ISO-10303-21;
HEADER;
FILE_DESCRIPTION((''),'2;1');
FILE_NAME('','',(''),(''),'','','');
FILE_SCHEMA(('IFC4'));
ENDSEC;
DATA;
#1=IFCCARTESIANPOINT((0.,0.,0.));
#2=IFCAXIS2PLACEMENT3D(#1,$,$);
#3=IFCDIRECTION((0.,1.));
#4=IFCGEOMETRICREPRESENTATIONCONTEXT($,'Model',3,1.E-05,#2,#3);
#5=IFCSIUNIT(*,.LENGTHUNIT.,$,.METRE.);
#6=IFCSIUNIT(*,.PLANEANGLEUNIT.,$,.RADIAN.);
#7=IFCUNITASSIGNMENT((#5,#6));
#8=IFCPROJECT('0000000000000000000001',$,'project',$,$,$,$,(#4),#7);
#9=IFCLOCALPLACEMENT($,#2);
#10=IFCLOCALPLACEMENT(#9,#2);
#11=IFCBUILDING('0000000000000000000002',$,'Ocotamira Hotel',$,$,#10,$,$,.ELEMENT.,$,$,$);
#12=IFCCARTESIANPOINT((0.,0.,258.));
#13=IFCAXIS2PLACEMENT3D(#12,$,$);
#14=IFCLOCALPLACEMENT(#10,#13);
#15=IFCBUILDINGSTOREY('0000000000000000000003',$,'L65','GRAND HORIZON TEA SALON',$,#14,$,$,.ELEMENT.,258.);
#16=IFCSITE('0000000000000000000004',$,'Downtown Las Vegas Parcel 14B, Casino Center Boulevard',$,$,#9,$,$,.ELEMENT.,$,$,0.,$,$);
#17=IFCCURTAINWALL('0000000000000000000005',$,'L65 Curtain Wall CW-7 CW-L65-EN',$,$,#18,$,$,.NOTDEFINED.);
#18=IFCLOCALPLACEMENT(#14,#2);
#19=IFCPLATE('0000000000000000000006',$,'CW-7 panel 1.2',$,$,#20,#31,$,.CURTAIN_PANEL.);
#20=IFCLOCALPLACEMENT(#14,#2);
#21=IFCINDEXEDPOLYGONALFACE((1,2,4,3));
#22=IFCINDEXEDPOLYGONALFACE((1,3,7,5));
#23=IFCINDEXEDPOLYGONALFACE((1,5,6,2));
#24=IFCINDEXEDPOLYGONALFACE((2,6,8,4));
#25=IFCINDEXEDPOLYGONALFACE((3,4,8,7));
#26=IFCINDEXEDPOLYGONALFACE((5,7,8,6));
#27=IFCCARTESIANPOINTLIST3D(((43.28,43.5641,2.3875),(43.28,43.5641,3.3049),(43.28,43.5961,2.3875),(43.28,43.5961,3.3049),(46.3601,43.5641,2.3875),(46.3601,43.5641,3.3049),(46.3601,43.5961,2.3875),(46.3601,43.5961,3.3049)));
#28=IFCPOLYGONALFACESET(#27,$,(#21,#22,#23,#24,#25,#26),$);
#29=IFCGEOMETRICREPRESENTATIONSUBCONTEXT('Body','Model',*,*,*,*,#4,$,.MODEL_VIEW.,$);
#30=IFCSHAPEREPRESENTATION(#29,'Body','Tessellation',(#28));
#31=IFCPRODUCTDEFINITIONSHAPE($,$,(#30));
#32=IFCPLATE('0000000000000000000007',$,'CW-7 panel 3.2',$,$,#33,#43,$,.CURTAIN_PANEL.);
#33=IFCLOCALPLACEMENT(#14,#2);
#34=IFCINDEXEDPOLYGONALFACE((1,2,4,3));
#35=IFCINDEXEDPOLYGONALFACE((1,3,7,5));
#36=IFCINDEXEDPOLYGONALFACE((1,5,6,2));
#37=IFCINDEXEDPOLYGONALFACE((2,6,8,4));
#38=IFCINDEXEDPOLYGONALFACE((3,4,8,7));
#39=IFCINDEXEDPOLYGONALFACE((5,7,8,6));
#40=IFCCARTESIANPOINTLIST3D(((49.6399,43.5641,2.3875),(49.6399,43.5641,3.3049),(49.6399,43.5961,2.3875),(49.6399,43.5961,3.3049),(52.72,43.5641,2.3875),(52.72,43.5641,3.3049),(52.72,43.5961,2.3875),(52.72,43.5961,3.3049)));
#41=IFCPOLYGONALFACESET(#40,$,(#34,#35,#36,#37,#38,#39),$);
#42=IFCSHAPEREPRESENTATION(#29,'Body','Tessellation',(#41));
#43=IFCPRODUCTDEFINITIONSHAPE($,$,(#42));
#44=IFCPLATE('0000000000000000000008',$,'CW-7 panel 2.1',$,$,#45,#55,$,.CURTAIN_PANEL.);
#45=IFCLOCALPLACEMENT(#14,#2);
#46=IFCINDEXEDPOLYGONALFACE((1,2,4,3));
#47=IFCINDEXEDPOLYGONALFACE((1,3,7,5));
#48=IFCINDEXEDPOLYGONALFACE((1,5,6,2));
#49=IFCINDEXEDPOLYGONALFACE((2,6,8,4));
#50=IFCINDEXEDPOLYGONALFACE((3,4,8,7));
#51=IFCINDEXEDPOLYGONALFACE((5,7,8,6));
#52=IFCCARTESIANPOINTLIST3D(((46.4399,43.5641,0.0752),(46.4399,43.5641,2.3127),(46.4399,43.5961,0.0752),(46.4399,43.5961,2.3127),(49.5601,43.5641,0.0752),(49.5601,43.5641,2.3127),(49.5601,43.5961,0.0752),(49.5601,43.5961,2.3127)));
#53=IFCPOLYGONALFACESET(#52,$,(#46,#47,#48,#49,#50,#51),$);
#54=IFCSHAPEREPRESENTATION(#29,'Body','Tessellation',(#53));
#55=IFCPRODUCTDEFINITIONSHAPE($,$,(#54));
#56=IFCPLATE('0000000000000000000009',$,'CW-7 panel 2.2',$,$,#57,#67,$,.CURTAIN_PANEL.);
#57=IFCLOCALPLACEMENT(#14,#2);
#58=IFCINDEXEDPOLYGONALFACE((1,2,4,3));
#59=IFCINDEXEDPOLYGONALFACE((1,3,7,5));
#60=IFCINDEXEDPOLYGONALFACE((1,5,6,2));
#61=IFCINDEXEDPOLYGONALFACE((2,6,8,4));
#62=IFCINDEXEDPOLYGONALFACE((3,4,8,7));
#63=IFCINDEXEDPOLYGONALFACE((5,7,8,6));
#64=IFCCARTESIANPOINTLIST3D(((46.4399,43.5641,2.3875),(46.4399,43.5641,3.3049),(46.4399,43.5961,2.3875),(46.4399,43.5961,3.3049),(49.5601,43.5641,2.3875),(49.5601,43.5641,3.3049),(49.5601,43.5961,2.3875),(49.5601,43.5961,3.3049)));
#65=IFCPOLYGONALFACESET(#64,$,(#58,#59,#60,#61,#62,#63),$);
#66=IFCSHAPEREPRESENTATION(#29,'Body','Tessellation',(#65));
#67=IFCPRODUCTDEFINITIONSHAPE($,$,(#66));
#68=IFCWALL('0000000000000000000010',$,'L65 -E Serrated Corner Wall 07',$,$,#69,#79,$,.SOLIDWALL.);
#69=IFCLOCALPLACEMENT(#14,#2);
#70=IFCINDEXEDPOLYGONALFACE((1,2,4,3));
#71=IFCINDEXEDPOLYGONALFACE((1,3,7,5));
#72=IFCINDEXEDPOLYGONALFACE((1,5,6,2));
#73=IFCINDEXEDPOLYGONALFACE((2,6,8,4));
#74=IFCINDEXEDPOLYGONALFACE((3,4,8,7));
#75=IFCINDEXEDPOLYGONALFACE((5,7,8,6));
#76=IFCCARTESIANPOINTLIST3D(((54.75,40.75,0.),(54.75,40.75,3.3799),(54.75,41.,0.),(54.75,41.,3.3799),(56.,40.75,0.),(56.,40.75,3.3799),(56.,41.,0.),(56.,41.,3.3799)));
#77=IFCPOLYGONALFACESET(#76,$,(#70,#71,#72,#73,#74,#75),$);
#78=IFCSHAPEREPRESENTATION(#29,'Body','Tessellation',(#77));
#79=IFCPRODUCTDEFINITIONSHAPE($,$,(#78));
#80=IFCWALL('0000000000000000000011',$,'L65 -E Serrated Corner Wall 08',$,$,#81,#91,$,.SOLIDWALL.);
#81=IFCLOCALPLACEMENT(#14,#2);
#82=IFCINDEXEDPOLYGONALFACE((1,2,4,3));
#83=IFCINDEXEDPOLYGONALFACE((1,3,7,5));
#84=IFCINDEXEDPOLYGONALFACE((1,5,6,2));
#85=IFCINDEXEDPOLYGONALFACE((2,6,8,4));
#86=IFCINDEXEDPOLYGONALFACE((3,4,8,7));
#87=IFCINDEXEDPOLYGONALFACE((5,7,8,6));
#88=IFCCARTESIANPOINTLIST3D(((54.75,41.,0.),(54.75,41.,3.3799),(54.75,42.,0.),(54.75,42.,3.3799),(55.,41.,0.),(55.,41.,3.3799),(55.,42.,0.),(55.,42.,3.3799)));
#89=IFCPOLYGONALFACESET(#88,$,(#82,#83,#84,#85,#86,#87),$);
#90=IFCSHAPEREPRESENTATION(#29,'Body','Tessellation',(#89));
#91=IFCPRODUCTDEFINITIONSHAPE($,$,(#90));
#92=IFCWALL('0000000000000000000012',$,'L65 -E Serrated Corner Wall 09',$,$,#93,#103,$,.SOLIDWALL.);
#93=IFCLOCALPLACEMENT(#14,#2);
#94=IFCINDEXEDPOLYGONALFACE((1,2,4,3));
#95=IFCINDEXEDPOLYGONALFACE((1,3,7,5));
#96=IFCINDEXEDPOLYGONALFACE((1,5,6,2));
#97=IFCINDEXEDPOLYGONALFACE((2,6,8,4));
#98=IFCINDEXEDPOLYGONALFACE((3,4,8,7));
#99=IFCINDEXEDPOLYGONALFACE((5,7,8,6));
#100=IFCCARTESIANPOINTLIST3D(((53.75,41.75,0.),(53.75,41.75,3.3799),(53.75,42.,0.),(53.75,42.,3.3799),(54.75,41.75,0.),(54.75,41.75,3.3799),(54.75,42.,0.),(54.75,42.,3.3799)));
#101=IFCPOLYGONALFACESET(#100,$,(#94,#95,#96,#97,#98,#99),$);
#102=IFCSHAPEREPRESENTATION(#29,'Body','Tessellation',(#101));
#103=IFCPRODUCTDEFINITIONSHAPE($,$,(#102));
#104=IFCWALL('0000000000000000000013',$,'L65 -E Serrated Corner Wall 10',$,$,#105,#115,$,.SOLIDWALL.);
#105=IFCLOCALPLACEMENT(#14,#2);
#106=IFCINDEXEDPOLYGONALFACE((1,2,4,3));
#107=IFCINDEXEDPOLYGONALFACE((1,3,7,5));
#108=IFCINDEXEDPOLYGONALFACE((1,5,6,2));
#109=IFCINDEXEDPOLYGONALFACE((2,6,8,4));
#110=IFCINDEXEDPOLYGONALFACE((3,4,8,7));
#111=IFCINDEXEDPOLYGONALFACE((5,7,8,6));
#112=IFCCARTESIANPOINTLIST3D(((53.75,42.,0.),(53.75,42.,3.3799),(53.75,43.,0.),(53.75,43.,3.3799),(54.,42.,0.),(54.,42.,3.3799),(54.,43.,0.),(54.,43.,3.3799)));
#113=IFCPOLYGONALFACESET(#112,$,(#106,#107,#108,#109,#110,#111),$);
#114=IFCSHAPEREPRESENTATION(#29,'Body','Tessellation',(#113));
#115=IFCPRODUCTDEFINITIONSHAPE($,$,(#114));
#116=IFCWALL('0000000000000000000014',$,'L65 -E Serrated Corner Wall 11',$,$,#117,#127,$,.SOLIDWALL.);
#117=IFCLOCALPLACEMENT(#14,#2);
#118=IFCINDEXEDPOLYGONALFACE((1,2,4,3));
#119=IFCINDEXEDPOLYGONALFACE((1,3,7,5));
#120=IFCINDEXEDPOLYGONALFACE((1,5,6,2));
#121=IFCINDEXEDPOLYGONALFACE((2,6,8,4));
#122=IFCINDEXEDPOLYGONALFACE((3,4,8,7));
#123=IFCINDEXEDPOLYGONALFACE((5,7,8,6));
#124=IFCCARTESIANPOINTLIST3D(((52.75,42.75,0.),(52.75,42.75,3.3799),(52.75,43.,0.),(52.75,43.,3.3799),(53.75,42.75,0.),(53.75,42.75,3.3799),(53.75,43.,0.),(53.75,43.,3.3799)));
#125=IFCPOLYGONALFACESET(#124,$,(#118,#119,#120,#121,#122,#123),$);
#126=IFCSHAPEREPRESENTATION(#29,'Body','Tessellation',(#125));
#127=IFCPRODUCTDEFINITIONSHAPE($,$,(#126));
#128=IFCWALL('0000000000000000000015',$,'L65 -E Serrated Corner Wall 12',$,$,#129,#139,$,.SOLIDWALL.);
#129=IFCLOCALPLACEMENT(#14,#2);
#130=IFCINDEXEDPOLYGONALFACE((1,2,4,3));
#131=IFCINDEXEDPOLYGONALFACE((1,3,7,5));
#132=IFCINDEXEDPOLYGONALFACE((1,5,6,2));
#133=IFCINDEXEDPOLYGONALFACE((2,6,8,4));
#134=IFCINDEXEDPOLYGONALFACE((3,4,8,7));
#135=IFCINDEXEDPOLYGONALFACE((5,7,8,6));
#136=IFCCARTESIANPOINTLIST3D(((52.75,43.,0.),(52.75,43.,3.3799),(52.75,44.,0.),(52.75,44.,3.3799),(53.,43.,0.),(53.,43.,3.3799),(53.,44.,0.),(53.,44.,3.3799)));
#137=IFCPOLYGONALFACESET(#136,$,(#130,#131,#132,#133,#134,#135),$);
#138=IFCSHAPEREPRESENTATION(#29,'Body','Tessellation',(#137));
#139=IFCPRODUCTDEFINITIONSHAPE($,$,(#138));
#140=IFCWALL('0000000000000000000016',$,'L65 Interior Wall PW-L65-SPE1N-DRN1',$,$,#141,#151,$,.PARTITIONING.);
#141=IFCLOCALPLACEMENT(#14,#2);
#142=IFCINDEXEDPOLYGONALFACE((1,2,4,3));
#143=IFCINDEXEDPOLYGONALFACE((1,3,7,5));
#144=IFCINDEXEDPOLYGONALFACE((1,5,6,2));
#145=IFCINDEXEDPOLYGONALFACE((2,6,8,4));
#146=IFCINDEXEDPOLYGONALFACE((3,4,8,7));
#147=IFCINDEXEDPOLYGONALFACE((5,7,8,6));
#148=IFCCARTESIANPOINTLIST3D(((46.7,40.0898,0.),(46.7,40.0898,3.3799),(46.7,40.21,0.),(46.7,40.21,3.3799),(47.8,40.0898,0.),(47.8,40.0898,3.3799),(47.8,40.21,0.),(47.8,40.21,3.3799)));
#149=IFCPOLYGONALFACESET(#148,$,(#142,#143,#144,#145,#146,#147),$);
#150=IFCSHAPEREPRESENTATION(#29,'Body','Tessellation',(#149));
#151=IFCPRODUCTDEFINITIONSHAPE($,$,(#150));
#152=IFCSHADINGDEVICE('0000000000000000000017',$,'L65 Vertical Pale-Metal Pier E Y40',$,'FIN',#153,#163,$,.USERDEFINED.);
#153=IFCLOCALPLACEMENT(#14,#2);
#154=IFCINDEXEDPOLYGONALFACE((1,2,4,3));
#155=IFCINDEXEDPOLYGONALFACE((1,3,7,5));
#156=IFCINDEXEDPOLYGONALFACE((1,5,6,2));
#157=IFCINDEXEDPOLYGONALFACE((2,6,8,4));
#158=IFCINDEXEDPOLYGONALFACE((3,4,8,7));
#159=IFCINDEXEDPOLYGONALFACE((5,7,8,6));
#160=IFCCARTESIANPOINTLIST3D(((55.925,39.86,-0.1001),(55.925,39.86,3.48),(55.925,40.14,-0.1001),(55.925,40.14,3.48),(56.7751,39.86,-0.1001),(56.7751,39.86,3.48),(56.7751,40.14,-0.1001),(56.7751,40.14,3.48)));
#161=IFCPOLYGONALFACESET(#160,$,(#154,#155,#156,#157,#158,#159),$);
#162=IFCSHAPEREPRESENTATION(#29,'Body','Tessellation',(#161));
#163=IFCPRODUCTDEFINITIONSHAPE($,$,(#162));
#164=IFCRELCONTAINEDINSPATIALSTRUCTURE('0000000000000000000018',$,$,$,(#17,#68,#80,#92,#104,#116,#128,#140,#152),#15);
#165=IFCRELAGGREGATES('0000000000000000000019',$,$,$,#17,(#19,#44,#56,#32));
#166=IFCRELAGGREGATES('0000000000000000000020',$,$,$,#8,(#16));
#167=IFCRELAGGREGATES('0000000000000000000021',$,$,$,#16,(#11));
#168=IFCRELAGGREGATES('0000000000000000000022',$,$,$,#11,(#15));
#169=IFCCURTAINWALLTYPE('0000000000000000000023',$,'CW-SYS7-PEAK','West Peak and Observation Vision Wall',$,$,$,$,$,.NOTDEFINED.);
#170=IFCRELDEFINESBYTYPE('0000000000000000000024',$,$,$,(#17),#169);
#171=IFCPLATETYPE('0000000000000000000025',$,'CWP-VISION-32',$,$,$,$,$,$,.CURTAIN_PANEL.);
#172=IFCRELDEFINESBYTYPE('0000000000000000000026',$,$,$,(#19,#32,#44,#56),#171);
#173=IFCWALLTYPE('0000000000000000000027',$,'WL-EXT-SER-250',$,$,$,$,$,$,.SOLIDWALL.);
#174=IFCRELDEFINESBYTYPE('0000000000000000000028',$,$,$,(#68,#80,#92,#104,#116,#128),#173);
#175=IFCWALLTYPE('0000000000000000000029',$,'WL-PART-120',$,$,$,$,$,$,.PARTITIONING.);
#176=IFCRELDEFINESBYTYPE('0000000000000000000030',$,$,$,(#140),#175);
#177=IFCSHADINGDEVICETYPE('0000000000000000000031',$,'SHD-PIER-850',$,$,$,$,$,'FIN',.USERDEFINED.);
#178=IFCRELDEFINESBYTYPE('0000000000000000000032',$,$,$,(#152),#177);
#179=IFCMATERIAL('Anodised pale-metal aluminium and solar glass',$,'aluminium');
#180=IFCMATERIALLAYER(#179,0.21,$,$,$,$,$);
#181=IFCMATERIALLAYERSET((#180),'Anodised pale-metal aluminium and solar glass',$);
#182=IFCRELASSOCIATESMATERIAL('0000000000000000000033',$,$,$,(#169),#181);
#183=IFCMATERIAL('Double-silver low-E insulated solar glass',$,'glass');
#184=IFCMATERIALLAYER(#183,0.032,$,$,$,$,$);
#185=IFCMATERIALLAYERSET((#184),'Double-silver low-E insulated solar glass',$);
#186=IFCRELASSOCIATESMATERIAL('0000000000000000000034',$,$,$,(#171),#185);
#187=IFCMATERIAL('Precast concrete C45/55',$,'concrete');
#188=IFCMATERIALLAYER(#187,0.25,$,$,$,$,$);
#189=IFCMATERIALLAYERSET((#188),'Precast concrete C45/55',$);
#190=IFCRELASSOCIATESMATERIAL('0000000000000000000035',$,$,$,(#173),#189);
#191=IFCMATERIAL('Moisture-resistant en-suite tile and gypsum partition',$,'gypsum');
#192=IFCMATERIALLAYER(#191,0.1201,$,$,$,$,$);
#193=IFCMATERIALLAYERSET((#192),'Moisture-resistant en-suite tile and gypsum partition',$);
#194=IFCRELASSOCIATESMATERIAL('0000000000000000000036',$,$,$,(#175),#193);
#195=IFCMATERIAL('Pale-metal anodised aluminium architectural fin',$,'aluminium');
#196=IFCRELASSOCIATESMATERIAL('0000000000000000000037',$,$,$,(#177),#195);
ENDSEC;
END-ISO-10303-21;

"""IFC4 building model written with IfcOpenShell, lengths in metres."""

from ifc_helpers import new_model, si_unit, direction, frame, frame_2d, origin, origin_2d, place, context, subcontext, project, spatial, rectangle, extrude, source, transform, mapped, material, layer, layer_set, type_object, element, aggregate, save


model = new_model("IFC4")

# Units and contexts
model_context = context("Model", 3, precision=1e-05, world=origin(), true_north=direction((0.0, 1.0)))
body_context = subcontext(model_context, "Body", "Model", "MODEL_VIEW")
ifc_project = project(units=[si_unit("LENGTHUNIT", "METRE"), si_unit("PLANEANGLEUNIT", "RADIAN")], contexts=[model_context])

# Site, building, storey
site_placement = place(None, origin())
site = spatial("IfcSite", under=ifc_project, at=site_placement, Name="Downtown Las Vegas Parcel 14B, Casino Center Boulevard", CompositionType="ELEMENT", RefElevation=0.0)
building_placement = place(site_placement, origin())
building = spatial("IfcBuilding", under=site, at=building_placement, Name="Ocotamira Hotel", CompositionType="ELEMENT")
storey_placement = place(building_placement, frame((0.0, 0.0, 258.0)))
storey = spatial("IfcBuildingStorey", under=building, at=storey_placement, Name="L65", Description="GRAND HORIZON TEA SALON", CompositionType="ELEMENT", Elevation=258.0)

# Curtain wall
ifc_material_1 = material(Name="Anodised pale-metal aluminium and solar glass", Category="aluminium")
ifc_layer_1 = layer(ifc_material_1, 0.21)
ifc_layer_set_1 = layer_set([ifc_layer_1], Name="Anodised pale-metal aluminium and solar glass")
curtain_wall_type = type_object("IfcCurtainWallType", Name="CW-SYS7-PEAK", Description="West Peak and Observation Vision Wall", PredefinedType="NOTDEFINED", material=ifc_layer_set_1)
curtain_wall_1_placement = place(storey_placement, origin())
curtain_wall_1 = element("IfcCurtainWall", 1, at=curtain_wall_1_placement, inside=storey, type_object=curtain_wall_type, Name="L65 Curtain Wall CW-7 CW-L65-EN", PredefinedType="NOTDEFINED")

# Plates
ifc_material_2 = material(Name="Double-silver low-E insulated solar glass", Category="glass")
ifc_layer_2 = layer(ifc_material_2, 0.032)
ifc_layer_set_2 = layer_set([ifc_layer_2], Name="Double-silver low-E insulated solar glass")
plate_type = type_object("IfcPlateType", Name="CWP-VISION-32", PredefinedType="CURTAIN_PANEL", material=ifc_layer_set_2)
shared_shape_1 = source(origin(), body_context, "Body", "SweptSolid", [
    extrude(rectangle(XDim=3.0801, YDim=0.032, at=origin_2d()), origin(), (0.0, 0.0, 1.0), 0.9175),
])
plate_1_placement = place(storey_placement, frame((44.8201, 43.5801, 2.3875), z_axis=(0.0, 0.0, 1.0), x_axis=(1.0, 0.0, 0.0)))
plate_1 = element("IfcPlate", 2, at=plate_1_placement, type_object=plate_type, Name="CW-7 panel 1.2", PredefinedType="CURTAIN_PANEL", context=body_context, shape_type="MappedRepresentation", body=[
    mapped(shared_shape_1, transform((0.0, 0.0, 0.0), scale=1.0)),
])
plate_2_placement = place(storey_placement, frame((51.1799, 43.5801, 2.3875), z_axis=(0.0, 0.0, 1.0), x_axis=(1.0, 0.0, 0.0)))
plate_2 = element("IfcPlate", 3, at=plate_2_placement, type_object=plate_type, Name="CW-7 panel 3.2", PredefinedType="CURTAIN_PANEL", context=body_context, shape_type="MappedRepresentation", body=[
    mapped(shared_shape_1, transform((0.0, 0.0, 0.0), scale=1.0)),
])
shared_shape_2 = source(origin(), body_context, "Body", "SweptSolid", [
    extrude(rectangle(XDim=3.1201, YDim=0.032, at=origin_2d()), origin(), (0.0, 0.0, 1.0), 2.2375),
])
plate_3_placement = place(storey_placement, frame((48.0, 43.5801, 0.0752), z_axis=(0.0, 0.0, 1.0), x_axis=(1.0, 0.0, 0.0)))
plate_3 = element("IfcPlate", 4, at=plate_3_placement, type_object=plate_type, Name="CW-7 panel 2.1", PredefinedType="CURTAIN_PANEL", context=body_context, shape_type="MappedRepresentation", body=[
    mapped(shared_shape_2, transform((0.0, 0.0, 0.0), scale=1.0)),
])
shared_shape_3 = source(origin(), body_context, "Body", "SweptSolid", [
    extrude(rectangle(XDim=3.1201, YDim=0.032, at=origin_2d()), origin(), (0.0, 0.0, 1.0), 0.9175),
])
plate_4_placement = place(storey_placement, frame((48.0, 43.5801, 2.3875), z_axis=(0.0, 0.0, 1.0), x_axis=(1.0, 0.0, 0.0)))
plate_4 = element("IfcPlate", 5, at=plate_4_placement, type_object=plate_type, Name="CW-7 panel 2.2", PredefinedType="CURTAIN_PANEL", context=body_context, shape_type="MappedRepresentation", body=[
    mapped(shared_shape_3, transform((0.0, 0.0, 0.0), scale=1.0)),
])
aggregate(curtain_wall_1, [plate_1, plate_3, plate_4, plate_2])

# Walls
ifc_material_3 = material(Name="Precast concrete C45/55", Category="concrete")
ifc_layer_3 = layer(ifc_material_3, 0.25)
ifc_layer_set_3 = layer_set([ifc_layer_3], Name="Precast concrete C45/55")
wall_type_1 = type_object("IfcWallType", Name="WL-EXT-SER-250", PredefinedType="SOLIDWALL", material=ifc_layer_set_3)
wall_1_placement = place(storey_placement, frame((56.0, 40.875, 0.0), z_axis=(0.0, 0.0, 1.0), x_axis=(-1.0, 0.0, 0.0)))
element("IfcWall", 6, at=wall_1_placement, inside=storey, type_object=wall_type_1, Name="L65 -E Serrated Corner Wall 07", PredefinedType="SOLIDWALL", context=body_context, shape_type="SweptSolid", body=[
    extrude(rectangle(XDim=1.25, YDim=0.25, at=frame_2d((0.625, 0.0))), origin(), (0.0, 0.0, 1.0), 3.3799),
])
for number, where, z_axis, x_axis, name in (
    (7, (54.875, 41.0, 0.0), (0.0, 0.0, 1.0), (0.0, 1.0, 0.0), "L65 -E Serrated Corner Wall 08"),
    (8, (54.75, 41.875, 0.0), (0.0, 0.0, 1.0), (-1.0, 0.0, 0.0), "L65 -E Serrated Corner Wall 09"),
    (9, (53.875, 42.0, 0.0), (0.0, 0.0, 1.0), (0.0, 1.0, 0.0), "L65 -E Serrated Corner Wall 10"),
    (10, (53.75, 42.875, 0.0), (0.0, 0.0, 1.0), (-1.0, 0.0, 0.0), "L65 -E Serrated Corner Wall 11"),
    (11, (52.875, 43.0, 0.0), (0.0, 0.0, 1.0), (0.0, 1.0, 0.0), "L65 -E Serrated Corner Wall 12"),
):
    element("IfcWall", number, at=place(storey_placement, frame(where, z_axis=z_axis, x_axis=x_axis)), inside=storey, type_object=wall_type_1, Name=name, PredefinedType="SOLIDWALL", context=body_context, shape_type="SweptSolid", body=[
        extrude(rectangle(XDim=1.0, YDim=0.25, at=frame_2d((0.5, 0.0))), origin(), (0.0, 0.0, 1.0), 3.3799),
    ])

# Wall
ifc_material_4 = material(Name="Moisture-resistant en-suite tile and gypsum partition", Category="gypsum")
ifc_layer_4 = layer(ifc_material_4, 0.1201)
ifc_layer_set_4 = layer_set([ifc_layer_4], Name="Moisture-resistant en-suite tile and gypsum partition")
wall_type_2 = type_object("IfcWallType", Name="WL-PART-120", PredefinedType="PARTITIONING", material=ifc_layer_set_4)
wall_2_placement = place(storey_placement, frame((46.7, 40.1499, 0.0), z_axis=(0.0, 0.0, 1.0), x_axis=(1.0, 0.0, 0.0)))
element("IfcWall", 12, at=wall_2_placement, inside=storey, type_object=wall_type_2, Name="L65 Interior Wall PW-L65-SPE1N-DRN1", PredefinedType="PARTITIONING", context=body_context, shape_type="SweptSolid", body=[
    extrude(rectangle(XDim=1.1001, YDim=0.1201, at=frame_2d((0.55, 0.0))), origin(), (0.0, 0.0, 1.0), 3.3799),
])

# Shading device
ifc_material_5 = material(Name="Pale-metal anodised aluminium architectural fin", Category="aluminium")
shading_device_type = type_object("IfcShadingDeviceType", Name="SHD-PIER-850", ElementType="FIN", PredefinedType="USERDEFINED", material=ifc_material_5)
shared_shape_4 = source(origin(), body_context, "Body", "SweptSolid", [
    extrude(rectangle(XDim=0.8501, YDim=0.28, at=origin_2d()), origin(), (0.0, 0.0, 1.0), 3.5801),
])
shading_device_placement = place(storey_placement, frame((56.3501, 40.0, -0.1001), z_axis=(0.0, 0.0, 1.0), x_axis=(1.0, 0.0, 0.0)))
element("IfcShadingDevice", 13, at=shading_device_placement, inside=storey, type_object=shading_device_type, Name="L65 Vertical Pale-Metal Pier E Y40", ObjectType="FIN", PredefinedType="USERDEFINED", context=body_context, shape_type="MappedRepresentation", body=[
    mapped(shared_shape_4, transform((0.0, 0.0, 0.0), scale=1.0)),
])

save(model, "model.ifc")
